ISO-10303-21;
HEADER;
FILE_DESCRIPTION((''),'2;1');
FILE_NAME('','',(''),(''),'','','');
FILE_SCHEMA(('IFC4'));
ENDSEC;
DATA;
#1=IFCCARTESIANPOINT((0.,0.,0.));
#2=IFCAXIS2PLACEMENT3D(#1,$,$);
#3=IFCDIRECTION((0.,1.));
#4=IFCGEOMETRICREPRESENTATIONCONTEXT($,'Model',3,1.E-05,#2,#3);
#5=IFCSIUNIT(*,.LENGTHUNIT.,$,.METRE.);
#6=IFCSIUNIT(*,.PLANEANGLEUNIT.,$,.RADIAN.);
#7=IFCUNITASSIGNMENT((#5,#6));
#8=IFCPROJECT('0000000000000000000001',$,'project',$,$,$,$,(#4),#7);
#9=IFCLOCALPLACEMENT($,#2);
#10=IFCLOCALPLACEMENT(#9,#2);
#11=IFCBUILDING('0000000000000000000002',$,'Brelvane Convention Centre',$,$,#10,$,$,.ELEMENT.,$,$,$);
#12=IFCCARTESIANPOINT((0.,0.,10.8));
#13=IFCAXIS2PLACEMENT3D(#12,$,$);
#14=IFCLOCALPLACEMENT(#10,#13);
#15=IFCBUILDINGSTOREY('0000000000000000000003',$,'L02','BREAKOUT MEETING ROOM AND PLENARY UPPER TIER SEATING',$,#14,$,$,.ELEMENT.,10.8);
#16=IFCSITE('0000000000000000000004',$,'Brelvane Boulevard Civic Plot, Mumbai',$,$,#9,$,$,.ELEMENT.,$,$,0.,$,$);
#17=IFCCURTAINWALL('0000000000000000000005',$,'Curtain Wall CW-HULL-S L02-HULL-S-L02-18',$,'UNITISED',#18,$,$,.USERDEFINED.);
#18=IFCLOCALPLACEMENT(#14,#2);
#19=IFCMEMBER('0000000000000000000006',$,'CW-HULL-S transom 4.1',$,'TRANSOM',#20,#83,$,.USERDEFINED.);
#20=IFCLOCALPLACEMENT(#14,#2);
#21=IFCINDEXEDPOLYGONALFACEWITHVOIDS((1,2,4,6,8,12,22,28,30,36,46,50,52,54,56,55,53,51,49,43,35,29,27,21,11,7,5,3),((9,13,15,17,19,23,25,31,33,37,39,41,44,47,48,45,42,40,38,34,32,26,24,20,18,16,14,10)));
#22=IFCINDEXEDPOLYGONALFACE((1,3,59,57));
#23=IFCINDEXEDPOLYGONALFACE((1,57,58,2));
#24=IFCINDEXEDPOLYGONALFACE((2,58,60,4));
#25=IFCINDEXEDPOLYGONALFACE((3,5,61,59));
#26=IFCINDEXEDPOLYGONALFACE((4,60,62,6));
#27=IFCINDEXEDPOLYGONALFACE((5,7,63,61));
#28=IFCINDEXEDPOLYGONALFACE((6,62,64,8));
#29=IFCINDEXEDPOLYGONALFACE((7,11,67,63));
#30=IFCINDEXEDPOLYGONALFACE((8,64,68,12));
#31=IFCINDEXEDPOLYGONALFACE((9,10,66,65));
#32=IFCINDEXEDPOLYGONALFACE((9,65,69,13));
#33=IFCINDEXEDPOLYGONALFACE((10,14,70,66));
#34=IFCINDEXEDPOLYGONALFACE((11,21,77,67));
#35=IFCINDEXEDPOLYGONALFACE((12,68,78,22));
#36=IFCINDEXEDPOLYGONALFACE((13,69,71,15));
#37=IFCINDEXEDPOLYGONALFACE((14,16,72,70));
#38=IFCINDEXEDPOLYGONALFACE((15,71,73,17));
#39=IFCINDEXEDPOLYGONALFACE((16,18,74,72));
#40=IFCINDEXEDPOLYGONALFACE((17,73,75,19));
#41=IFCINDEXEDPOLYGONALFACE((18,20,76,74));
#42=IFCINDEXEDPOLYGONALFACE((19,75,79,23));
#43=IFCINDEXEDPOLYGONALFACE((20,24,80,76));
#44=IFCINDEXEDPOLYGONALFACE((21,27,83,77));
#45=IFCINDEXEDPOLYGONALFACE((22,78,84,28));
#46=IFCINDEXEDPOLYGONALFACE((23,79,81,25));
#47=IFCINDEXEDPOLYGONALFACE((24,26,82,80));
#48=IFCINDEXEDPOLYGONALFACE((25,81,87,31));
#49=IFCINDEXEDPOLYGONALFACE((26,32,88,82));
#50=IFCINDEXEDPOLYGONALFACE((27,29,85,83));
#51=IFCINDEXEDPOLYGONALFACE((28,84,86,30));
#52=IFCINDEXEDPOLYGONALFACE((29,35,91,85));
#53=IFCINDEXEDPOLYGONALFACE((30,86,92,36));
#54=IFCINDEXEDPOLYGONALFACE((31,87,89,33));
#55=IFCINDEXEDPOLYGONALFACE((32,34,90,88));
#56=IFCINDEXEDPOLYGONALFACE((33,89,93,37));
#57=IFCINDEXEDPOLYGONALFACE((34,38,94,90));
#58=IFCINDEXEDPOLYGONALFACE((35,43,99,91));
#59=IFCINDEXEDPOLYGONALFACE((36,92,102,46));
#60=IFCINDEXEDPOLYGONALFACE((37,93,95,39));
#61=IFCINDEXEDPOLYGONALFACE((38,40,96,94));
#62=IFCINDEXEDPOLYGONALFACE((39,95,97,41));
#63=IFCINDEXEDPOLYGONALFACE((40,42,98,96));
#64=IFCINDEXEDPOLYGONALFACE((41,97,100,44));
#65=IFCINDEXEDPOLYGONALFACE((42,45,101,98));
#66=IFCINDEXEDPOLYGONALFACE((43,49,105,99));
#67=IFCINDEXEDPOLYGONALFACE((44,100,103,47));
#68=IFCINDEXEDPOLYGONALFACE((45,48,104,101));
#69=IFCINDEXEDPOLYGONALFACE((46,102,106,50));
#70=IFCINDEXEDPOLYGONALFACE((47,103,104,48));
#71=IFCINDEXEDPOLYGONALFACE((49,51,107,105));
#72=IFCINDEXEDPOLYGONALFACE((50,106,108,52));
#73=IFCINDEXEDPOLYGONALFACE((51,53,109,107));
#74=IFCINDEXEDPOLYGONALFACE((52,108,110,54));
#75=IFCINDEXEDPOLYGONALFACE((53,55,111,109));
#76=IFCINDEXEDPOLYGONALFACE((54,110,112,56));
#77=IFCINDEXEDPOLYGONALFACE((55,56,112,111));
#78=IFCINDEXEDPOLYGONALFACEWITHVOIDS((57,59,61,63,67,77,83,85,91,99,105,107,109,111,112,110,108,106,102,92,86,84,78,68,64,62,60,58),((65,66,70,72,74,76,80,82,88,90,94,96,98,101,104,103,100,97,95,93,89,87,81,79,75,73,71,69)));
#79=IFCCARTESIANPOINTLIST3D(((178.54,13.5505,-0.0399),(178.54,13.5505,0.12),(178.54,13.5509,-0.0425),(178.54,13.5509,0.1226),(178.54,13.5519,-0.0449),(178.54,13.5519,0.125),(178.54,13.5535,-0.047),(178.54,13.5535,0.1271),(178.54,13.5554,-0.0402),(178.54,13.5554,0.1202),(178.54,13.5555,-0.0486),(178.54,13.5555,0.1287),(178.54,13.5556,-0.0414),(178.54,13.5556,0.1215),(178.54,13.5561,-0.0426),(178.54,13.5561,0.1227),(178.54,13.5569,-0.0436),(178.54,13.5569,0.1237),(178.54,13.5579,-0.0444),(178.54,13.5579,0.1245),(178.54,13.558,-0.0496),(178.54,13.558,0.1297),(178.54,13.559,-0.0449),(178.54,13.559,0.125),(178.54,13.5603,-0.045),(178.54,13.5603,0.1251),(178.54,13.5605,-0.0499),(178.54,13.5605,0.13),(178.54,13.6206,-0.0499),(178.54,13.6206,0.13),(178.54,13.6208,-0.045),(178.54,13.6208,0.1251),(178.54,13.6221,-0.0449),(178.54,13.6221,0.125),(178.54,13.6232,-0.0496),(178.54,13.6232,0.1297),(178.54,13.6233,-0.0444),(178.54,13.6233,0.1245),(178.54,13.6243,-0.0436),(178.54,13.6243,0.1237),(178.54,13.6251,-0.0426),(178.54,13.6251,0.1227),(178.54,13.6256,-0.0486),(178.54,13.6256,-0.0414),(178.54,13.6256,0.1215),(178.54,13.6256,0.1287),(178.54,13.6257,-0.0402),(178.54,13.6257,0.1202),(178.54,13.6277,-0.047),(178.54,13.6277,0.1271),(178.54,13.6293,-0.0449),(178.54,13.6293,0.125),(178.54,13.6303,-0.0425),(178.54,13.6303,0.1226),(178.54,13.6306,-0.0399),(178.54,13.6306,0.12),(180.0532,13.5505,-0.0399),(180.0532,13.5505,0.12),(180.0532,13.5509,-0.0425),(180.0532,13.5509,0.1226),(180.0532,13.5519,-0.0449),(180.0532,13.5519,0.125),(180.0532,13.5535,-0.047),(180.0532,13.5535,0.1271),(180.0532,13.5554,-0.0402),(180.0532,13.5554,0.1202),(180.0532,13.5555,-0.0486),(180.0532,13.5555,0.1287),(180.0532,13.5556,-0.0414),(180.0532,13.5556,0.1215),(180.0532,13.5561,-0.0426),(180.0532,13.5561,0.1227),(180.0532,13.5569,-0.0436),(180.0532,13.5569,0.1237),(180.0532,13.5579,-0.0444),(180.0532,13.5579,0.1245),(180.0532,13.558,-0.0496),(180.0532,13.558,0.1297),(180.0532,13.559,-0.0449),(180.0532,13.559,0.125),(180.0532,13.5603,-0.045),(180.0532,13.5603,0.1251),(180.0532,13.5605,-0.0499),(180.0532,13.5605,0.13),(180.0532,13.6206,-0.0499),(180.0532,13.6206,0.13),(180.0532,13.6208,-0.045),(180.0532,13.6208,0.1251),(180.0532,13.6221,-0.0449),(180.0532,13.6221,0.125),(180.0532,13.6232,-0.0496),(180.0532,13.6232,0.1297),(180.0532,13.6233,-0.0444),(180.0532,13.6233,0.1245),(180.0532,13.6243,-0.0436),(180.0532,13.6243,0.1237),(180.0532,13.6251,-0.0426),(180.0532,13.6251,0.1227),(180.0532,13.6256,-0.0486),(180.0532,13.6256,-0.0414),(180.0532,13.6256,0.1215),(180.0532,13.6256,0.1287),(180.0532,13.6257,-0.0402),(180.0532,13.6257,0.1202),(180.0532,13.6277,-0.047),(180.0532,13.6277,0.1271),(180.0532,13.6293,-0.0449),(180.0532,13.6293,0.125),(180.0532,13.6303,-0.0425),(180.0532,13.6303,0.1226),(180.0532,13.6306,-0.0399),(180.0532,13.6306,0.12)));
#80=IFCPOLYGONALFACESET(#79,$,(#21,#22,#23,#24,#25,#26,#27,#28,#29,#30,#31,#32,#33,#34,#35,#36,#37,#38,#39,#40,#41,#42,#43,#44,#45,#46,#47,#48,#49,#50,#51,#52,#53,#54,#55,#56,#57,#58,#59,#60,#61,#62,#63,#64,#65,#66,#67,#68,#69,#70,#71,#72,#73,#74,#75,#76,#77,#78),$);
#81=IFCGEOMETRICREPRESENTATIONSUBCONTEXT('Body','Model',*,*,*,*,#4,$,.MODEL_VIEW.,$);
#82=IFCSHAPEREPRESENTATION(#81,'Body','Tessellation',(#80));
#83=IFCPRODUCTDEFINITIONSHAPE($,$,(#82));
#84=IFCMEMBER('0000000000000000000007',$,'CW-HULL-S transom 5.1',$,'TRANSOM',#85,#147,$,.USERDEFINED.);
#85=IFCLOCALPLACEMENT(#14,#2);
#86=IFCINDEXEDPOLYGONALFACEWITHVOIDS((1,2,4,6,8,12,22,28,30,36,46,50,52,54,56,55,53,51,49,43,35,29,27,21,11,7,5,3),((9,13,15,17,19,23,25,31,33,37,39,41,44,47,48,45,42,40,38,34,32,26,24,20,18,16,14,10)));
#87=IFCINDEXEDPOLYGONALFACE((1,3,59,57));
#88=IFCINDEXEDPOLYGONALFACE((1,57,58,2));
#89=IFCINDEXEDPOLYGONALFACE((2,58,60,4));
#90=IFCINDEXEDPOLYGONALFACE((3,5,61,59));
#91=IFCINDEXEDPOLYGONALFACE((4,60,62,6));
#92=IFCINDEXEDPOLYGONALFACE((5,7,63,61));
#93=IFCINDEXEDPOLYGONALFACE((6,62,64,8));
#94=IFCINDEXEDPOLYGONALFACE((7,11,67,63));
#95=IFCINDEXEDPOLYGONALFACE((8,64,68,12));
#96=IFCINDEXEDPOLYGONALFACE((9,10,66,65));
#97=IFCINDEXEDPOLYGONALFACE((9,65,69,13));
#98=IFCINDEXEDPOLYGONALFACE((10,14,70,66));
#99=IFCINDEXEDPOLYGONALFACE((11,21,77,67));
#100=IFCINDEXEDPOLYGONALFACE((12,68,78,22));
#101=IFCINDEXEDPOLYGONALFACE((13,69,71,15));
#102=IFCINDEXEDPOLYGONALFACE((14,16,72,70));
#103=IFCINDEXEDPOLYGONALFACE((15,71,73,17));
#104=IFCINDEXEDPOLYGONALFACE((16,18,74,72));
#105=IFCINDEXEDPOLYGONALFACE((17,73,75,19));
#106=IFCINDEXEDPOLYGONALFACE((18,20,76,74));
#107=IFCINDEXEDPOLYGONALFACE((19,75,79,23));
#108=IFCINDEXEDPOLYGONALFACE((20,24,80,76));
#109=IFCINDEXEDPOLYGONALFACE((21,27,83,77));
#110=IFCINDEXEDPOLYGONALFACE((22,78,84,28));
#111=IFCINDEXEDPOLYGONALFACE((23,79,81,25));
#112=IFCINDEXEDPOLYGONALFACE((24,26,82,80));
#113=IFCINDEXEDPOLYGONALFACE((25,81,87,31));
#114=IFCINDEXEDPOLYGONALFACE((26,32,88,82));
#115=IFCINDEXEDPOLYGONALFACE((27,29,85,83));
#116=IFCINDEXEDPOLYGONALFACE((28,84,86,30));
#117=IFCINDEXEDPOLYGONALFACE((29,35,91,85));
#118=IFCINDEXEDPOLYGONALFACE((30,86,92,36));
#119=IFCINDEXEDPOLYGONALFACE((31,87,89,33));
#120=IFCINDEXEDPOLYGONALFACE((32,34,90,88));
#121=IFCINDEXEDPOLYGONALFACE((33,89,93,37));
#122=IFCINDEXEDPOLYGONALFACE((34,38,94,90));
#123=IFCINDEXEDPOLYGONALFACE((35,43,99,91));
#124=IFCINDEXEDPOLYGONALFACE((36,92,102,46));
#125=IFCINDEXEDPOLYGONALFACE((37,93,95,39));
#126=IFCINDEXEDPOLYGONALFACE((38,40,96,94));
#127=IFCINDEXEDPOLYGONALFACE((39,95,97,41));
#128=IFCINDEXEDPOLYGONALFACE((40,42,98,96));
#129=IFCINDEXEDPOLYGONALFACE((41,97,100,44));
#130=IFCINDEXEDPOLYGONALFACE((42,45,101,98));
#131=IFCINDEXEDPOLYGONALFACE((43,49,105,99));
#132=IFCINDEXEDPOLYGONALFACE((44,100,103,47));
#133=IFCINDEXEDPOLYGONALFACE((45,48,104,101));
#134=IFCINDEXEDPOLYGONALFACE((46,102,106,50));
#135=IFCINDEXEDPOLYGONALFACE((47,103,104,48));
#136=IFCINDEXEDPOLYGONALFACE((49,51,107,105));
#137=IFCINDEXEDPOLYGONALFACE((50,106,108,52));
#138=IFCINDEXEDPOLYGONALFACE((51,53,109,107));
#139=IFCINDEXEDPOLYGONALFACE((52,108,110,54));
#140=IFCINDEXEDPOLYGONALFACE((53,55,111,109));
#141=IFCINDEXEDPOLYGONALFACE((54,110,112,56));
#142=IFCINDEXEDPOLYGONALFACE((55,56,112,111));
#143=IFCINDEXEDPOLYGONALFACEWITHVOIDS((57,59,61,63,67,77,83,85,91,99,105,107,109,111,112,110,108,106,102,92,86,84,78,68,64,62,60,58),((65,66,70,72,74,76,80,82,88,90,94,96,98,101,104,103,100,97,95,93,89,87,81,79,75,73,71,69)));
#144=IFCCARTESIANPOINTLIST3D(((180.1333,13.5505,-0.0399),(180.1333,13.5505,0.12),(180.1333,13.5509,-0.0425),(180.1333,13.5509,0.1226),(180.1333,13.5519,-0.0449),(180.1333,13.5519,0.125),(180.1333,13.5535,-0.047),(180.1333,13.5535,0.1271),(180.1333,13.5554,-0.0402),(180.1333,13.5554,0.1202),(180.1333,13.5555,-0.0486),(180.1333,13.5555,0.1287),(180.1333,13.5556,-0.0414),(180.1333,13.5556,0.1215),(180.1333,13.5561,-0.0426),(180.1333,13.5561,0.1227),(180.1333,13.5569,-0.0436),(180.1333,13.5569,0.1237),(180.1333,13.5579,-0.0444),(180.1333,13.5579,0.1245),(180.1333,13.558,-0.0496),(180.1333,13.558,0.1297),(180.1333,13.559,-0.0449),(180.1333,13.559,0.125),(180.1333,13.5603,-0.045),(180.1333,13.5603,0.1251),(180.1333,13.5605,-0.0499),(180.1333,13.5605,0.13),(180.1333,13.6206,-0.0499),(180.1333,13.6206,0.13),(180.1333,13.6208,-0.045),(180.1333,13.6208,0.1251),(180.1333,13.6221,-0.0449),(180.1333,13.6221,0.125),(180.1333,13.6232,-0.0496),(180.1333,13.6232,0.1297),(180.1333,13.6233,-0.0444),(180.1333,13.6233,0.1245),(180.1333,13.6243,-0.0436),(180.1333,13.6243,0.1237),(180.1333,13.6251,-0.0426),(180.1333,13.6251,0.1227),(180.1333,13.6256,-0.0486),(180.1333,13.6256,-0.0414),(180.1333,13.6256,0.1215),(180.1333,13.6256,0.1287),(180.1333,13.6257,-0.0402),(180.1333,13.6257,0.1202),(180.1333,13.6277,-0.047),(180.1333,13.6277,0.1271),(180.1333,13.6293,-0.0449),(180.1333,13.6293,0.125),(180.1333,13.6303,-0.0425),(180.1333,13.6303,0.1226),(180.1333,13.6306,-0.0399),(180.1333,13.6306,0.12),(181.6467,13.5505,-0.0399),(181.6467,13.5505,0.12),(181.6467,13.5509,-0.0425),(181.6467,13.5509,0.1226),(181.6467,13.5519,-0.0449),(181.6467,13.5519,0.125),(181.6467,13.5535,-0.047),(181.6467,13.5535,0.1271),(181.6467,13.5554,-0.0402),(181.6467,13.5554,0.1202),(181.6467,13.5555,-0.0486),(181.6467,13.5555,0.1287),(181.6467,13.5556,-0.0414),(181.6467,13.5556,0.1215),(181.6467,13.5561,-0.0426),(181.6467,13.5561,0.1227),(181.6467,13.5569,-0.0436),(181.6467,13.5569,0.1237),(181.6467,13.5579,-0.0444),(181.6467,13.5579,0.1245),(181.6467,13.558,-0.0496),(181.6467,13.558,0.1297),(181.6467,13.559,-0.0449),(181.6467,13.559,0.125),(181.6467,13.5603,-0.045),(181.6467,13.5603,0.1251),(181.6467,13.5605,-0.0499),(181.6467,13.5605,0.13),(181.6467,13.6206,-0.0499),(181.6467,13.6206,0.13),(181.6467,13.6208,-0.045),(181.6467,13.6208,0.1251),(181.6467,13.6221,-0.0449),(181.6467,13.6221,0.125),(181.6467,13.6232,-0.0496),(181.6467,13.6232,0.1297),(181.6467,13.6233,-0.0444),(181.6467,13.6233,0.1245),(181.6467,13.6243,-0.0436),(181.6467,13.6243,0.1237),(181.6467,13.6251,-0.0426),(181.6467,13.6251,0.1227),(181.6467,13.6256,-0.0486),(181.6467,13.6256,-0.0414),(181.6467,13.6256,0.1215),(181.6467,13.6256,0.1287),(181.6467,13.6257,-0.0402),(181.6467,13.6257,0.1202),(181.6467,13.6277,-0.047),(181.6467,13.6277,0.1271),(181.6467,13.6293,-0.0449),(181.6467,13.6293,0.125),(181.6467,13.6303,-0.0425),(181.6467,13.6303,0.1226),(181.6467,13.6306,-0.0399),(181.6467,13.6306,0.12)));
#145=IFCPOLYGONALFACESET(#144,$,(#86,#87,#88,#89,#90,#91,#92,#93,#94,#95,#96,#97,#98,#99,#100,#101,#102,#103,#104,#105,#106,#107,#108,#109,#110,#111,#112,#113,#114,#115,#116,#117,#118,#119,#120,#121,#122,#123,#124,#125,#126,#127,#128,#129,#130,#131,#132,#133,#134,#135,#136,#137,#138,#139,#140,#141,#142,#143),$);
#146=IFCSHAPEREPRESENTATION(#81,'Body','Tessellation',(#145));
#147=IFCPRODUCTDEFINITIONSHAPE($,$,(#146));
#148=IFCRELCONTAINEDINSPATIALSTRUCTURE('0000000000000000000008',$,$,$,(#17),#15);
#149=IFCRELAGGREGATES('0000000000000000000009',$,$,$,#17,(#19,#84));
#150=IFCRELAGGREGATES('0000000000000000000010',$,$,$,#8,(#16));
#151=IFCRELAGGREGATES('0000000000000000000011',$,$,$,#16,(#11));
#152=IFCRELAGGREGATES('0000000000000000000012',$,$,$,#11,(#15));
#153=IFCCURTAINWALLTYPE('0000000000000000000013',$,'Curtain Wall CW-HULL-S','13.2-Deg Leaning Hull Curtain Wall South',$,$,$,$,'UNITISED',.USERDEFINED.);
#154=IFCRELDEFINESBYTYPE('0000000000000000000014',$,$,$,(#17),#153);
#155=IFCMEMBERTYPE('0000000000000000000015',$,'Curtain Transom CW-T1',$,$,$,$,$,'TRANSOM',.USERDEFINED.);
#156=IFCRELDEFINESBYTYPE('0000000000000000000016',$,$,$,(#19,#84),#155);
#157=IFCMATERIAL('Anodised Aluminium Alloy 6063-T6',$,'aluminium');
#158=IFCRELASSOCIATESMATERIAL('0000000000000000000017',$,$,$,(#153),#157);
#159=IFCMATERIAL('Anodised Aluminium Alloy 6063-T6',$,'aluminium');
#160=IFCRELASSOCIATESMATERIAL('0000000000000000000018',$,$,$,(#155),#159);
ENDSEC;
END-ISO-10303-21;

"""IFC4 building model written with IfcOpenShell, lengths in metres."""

from ifc_helpers import new_model, si_unit, direction, frame, origin, origin_2d, place, context, subcontext, project, spatial, hollow_rectangle, extrude, material, material_profile, profile_set, type_object, element, aggregate, save


model = new_model("IFC4")

# Units and contexts
model_context = context("Model", 3, precision=1e-05, world=origin(), true_north=direction((0.0, 1.0)))
body_context = subcontext(model_context, "Body", "Model", "MODEL_VIEW")
ifc_project = project(units=[si_unit("LENGTHUNIT", "METRE"), si_unit("PLANEANGLEUNIT", "RADIAN")], contexts=[model_context])

# Site, building, storey
site_placement = place(None, origin())
site = spatial("IfcSite", under=ifc_project, at=site_placement, Name="Brelvane Boulevard Civic Plot, Mumbai", CompositionType="ELEMENT", RefElevation=0.0)
building_placement = place(site_placement, origin())
building = spatial("IfcBuilding", under=site, at=building_placement, Name="Brelvane Convention Centre", CompositionType="ELEMENT")
storey_placement = place(building_placement, frame((0.0, 0.0, 10.8)))
storey = spatial("IfcBuildingStorey", under=building, at=storey_placement, Name="L02", Description="BREAKOUT MEETING ROOM AND PLENARY UPPER TIER SEATING", CompositionType="ELEMENT", Elevation=10.8)

# Curtain wall
ifc_material_1 = material(Name="Anodised Aluminium Alloy 6063-T6", Category="aluminium")
curtain_wall_type = type_object("IfcCurtainWallType", Name="Curtain Wall CW-HULL-S", Description="13.2-Deg Leaning Hull Curtain Wall South", ElementType="UNITISED", PredefinedType="USERDEFINED", material=ifc_material_1)
curtain_wall_1_placement = place(storey_placement, origin())
curtain_wall_1 = element("IfcCurtainWall", 1, at=curtain_wall_1_placement, inside=storey, type_object=curtain_wall_type, Name="Curtain Wall CW-HULL-S L02-HULL-S-L02-18", ObjectType="UNITISED", PredefinedType="USERDEFINED")

# Members
ifc_material_2 = material(Name="Anodised Aluminium Alloy 6063-T6", Category="aluminium")
ifc_material_profile_1 = material_profile(ifc_material_2, hollow_rectangle(XDim=0.0801, YDim=0.1799, WallThickness=0.0049, InnerFilletRadius=0.0049, OuterFilletRadius=0.01, at=origin_2d()), Name="ALU-T 180x80x5.0")
ifc_profile_set_1 = profile_set([ifc_material_profile_1], Name="Anodised Aluminium Alloy 6063-T6")
member_type_1 = type_object("IfcMemberType", Name="Curtain Transom CW-T1", ElementType="TRANSOM", PredefinedType="USERDEFINED", material=ifc_profile_set_1)
member_1_placement = place(storey_placement, frame((178.54, 13.5906, 0.04), z_axis=(1.0, 0.0, 0.0), x_axis=(0.0, 1.0, 0.0)))
member_1 = element("IfcMember", 2, at=member_1_placement, type_object=member_type_1, Name="CW-HULL-S transom 4.1", ObjectType="TRANSOM", PredefinedType="USERDEFINED", context=body_context, shape_type="SweptSolid", body=[
    extrude(hollow_rectangle(XDim=0.0801, YDim=0.1799, WallThickness=0.0049, InnerFilletRadius=0.0049, OuterFilletRadius=0.01, at=origin_2d()), origin(), (0.0, 0.0, 1.0), 1.5132),
])
member_2_placement = place(storey_placement, frame((180.1333, 13.5906, 0.04), z_axis=(1.0, 0.0, 0.0), x_axis=(0.0, 1.0, 0.0)))
member_2 = element("IfcMember", 3, at=member_2_placement, type_object=member_type_1, Name="CW-HULL-S transom 5.1", ObjectType="TRANSOM", PredefinedType="USERDEFINED", context=body_context, shape_type="SweptSolid", body=[
    extrude(hollow_rectangle(XDim=0.0801, YDim=0.1799, WallThickness=0.0049, InnerFilletRadius=0.0049, OuterFilletRadius=0.01, at=origin_2d()), origin(), (0.0, 0.0, 1.0), 1.5134),
])

aggregate(curtain_wall_1, [member_1, member_2])

save(model, "model.ifc")
